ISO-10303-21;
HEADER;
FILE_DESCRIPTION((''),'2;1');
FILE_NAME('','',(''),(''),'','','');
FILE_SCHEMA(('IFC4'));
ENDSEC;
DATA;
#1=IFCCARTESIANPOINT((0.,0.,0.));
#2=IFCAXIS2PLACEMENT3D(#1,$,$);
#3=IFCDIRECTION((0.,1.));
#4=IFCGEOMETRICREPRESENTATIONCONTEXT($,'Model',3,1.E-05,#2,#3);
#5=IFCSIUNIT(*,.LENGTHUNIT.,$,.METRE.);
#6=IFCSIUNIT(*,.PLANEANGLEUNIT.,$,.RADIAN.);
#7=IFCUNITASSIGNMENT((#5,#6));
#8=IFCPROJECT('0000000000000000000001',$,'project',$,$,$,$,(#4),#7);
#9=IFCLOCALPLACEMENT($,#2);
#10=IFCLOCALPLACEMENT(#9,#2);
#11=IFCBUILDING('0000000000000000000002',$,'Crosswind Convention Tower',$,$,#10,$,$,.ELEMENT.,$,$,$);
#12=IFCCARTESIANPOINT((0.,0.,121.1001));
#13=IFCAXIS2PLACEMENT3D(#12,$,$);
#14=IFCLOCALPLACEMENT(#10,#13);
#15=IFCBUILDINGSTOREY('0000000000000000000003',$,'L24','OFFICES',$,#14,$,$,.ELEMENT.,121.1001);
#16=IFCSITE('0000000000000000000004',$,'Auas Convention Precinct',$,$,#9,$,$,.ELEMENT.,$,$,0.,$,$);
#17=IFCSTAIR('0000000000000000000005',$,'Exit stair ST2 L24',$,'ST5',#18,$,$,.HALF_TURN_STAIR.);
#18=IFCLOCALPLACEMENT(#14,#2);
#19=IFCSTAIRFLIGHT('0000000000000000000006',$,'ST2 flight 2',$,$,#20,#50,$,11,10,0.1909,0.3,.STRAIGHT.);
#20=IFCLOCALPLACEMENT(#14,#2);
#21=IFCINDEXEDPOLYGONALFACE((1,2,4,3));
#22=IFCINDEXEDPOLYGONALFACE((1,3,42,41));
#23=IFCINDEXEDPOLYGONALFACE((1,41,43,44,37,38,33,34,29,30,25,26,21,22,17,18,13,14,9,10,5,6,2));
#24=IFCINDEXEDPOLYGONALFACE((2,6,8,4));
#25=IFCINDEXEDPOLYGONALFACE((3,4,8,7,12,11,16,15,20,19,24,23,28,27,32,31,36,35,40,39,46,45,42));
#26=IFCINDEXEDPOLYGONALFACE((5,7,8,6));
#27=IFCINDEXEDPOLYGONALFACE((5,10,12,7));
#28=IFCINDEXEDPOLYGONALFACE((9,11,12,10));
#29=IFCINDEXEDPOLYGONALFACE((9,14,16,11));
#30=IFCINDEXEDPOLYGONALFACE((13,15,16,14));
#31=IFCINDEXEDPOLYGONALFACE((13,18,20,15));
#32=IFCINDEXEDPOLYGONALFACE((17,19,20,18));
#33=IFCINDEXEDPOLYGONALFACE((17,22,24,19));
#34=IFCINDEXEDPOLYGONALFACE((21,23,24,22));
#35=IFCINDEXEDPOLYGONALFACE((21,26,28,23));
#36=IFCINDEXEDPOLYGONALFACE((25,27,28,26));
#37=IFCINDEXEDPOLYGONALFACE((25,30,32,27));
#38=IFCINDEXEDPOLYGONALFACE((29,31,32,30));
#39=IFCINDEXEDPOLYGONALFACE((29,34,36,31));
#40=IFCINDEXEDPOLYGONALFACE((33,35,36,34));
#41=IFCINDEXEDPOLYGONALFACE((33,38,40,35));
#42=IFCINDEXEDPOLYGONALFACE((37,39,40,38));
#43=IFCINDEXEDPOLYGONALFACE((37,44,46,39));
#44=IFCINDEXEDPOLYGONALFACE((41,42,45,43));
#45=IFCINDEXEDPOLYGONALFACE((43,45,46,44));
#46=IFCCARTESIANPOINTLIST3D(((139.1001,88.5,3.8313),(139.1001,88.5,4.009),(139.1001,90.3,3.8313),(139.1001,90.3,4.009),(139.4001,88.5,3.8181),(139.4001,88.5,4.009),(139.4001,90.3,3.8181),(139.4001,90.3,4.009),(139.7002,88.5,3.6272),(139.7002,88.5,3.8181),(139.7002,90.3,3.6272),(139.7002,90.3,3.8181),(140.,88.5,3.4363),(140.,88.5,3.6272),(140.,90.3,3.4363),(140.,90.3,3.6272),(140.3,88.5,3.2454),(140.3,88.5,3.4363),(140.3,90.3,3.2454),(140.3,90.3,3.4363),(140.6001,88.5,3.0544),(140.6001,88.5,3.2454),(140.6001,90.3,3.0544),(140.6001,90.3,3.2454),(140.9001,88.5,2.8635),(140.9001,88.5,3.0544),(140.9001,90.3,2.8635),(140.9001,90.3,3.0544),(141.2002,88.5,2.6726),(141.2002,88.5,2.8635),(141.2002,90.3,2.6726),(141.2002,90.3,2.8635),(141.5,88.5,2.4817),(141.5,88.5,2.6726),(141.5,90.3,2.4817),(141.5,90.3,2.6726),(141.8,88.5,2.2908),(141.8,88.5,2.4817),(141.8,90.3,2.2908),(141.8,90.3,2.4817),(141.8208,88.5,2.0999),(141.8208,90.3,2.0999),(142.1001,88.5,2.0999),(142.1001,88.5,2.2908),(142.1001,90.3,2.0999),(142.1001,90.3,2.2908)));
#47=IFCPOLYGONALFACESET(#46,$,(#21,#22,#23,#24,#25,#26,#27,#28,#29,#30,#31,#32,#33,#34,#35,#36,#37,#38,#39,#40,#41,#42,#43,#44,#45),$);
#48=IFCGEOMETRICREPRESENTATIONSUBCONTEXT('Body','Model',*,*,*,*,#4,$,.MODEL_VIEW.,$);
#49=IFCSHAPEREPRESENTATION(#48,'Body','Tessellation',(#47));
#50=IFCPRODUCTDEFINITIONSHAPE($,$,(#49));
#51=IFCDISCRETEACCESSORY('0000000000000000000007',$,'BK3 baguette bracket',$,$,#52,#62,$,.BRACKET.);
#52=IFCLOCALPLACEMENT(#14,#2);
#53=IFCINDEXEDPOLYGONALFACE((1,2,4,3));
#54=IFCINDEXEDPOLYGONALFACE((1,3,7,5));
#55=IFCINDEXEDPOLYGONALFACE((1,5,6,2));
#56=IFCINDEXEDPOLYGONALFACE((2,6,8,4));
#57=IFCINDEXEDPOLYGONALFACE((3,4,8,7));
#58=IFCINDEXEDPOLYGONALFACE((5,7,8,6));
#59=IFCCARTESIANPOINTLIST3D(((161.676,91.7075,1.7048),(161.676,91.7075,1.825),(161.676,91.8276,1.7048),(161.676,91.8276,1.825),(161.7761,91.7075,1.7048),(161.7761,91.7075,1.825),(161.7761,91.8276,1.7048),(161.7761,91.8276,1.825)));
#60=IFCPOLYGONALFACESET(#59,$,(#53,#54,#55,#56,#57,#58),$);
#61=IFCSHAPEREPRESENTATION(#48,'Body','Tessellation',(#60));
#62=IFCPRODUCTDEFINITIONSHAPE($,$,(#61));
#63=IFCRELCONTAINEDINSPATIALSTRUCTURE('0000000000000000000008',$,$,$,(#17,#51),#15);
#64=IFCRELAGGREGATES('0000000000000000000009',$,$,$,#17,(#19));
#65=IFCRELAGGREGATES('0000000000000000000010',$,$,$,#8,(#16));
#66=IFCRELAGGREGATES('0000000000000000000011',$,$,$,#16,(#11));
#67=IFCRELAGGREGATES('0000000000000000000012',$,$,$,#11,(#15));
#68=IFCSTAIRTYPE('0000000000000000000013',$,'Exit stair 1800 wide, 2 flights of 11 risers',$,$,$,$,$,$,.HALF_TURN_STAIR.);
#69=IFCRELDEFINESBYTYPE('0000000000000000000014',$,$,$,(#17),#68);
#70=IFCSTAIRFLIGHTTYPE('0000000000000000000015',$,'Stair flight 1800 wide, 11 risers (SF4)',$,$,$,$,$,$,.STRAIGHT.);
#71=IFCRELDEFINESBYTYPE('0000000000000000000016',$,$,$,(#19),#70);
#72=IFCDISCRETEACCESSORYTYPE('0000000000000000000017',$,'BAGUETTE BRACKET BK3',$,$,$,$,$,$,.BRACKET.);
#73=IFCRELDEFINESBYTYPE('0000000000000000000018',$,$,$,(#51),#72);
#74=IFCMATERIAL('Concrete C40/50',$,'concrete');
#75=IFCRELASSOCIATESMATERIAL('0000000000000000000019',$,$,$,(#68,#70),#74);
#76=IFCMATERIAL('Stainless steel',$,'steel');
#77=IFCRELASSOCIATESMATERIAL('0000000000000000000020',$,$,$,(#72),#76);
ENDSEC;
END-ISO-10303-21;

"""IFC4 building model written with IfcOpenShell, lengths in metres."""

from ifc_helpers import new_model, si_unit, direction, frame, origin, origin_2d, place, context, subcontext, project, spatial, polyline, rectangle, outline, extrude, material, type_object, element, aggregate, save


model = new_model("IFC4")

# Units and contexts
model_context = context("Model", 3, precision=1e-05, world=origin(), true_north=direction((0.0, 1.0)))
body_context = subcontext(model_context, "Body", "Model", "MODEL_VIEW")
ifc_project = project(units=[si_unit("LENGTHUNIT", "METRE"), si_unit("PLANEANGLEUNIT", "RADIAN")], contexts=[model_context])

# Site, building, storey
site_placement = place(None, origin())
site = spatial("IfcSite", under=ifc_project, at=site_placement, Name="Auas Convention Precinct", CompositionType="ELEMENT", RefElevation=0.0)
building_placement = place(site_placement, origin())
building = spatial("IfcBuilding", under=site, at=building_placement, Name="Crosswind Convention Tower", CompositionType="ELEMENT")
storey_placement = place(building_placement, frame((0.0, 0.0, 121.1001)))
storey = spatial("IfcBuildingStorey", under=building, at=storey_placement, Name="L24", Description="OFFICES", CompositionType="ELEMENT", Elevation=121.1001)

# Stair, stair flight
ifc_material_1 = material(Name="Concrete C40/50", Category="concrete")
stair_type = type_object("IfcStairType", Name="Exit stair 1800 wide, 2 flights of 11 risers", PredefinedType="HALF_TURN_STAIR", material=ifc_material_1)
stair_placement = place(storey_placement, origin())
stair = element("IfcStair", 1, at=stair_placement, inside=storey, type_object=stair_type, Name="Exit stair ST2 L24", ObjectType="ST5", PredefinedType="HALF_TURN_STAIR")
stair_flight_type = type_object("IfcStairFlightType", Name="Stair flight 1800 wide, 11 risers (SF4)", PredefinedType="STRAIGHT", material=ifc_material_1)
stair_flight_1_placement = place(storey_placement, frame((142.1001, 89.3999, 2.0999), z_axis=(0.0, 0.0, 1.0), x_axis=(-1.0, 0.0, 0.0)))
stair_flight_1 = element("IfcStairFlight", 2, at=stair_flight_1_placement, type_object=stair_flight_type, Name="ST2 flight 2", NumberOfRisers=11, NumberOfTreads=10, PredefinedType="STRAIGHT", RiserHeight=0.1909, TreadLength=0.3, context=body_context, shape_type="SweptSolid", body=[
    extrude(outline(polyline([(0.0, 0.0), (0.0, 0.1909), (0.3, 0.1909), (0.3, 0.3818), (0.6001, 0.3818), (0.6001, 0.5728), (0.8999, 0.5728), (0.8999, 0.7637), (1.2, 0.7637), (1.2, 0.9546), (1.5, 0.9546), (1.5, 1.1455), (1.8, 1.1455), (1.8, 1.3364), (2.1001, 1.3364), (2.1001, 1.5273), (2.3999, 1.5273), (2.3999, 1.7183), (2.7, 1.7183), (2.7, 1.9092), (3.0, 1.9092), (3.0, 2.1001), (3.0, 1.7314), (0.2793, 0.0), (0.0, 0.0)])), frame((0.0, 0.8999, 0.0), z_axis=(0.0, -1.0, 0.0), x_axis=(1.0, 0.0, 0.0)), (0.0, 0.0, 1.0), 1.8),
])
aggregate(stair, [stair_flight_1])

# Shared definitions
ifc_material_2 = material(Name="Stainless steel", Category="steel")

# Discrete accessory
discrete_accessory_type = type_object("IfcDiscreteAccessoryType", Name="BAGUETTE BRACKET BK3", PredefinedType="BRACKET", material=ifc_material_2)
discrete_accessory_placement = place(storey_placement, frame((161.7261, 91.7676, 1.7048), z_axis=(0.0, 0.0, 1.0), x_axis=(0.0, 1.0, 0.0)))
element("IfcDiscreteAccessory", 3, at=discrete_accessory_placement, inside=storey, type_object=discrete_accessory_type, Name="BK3 baguette bracket", PredefinedType="BRACKET", context=body_context, shape_type="SweptSolid", body=[
    extrude(rectangle(XDim=0.1201, YDim=0.1001, at=origin_2d()), origin(), (0.0, 0.0, 1.0), 0.1201),
])

save(model, "model.ifc")
